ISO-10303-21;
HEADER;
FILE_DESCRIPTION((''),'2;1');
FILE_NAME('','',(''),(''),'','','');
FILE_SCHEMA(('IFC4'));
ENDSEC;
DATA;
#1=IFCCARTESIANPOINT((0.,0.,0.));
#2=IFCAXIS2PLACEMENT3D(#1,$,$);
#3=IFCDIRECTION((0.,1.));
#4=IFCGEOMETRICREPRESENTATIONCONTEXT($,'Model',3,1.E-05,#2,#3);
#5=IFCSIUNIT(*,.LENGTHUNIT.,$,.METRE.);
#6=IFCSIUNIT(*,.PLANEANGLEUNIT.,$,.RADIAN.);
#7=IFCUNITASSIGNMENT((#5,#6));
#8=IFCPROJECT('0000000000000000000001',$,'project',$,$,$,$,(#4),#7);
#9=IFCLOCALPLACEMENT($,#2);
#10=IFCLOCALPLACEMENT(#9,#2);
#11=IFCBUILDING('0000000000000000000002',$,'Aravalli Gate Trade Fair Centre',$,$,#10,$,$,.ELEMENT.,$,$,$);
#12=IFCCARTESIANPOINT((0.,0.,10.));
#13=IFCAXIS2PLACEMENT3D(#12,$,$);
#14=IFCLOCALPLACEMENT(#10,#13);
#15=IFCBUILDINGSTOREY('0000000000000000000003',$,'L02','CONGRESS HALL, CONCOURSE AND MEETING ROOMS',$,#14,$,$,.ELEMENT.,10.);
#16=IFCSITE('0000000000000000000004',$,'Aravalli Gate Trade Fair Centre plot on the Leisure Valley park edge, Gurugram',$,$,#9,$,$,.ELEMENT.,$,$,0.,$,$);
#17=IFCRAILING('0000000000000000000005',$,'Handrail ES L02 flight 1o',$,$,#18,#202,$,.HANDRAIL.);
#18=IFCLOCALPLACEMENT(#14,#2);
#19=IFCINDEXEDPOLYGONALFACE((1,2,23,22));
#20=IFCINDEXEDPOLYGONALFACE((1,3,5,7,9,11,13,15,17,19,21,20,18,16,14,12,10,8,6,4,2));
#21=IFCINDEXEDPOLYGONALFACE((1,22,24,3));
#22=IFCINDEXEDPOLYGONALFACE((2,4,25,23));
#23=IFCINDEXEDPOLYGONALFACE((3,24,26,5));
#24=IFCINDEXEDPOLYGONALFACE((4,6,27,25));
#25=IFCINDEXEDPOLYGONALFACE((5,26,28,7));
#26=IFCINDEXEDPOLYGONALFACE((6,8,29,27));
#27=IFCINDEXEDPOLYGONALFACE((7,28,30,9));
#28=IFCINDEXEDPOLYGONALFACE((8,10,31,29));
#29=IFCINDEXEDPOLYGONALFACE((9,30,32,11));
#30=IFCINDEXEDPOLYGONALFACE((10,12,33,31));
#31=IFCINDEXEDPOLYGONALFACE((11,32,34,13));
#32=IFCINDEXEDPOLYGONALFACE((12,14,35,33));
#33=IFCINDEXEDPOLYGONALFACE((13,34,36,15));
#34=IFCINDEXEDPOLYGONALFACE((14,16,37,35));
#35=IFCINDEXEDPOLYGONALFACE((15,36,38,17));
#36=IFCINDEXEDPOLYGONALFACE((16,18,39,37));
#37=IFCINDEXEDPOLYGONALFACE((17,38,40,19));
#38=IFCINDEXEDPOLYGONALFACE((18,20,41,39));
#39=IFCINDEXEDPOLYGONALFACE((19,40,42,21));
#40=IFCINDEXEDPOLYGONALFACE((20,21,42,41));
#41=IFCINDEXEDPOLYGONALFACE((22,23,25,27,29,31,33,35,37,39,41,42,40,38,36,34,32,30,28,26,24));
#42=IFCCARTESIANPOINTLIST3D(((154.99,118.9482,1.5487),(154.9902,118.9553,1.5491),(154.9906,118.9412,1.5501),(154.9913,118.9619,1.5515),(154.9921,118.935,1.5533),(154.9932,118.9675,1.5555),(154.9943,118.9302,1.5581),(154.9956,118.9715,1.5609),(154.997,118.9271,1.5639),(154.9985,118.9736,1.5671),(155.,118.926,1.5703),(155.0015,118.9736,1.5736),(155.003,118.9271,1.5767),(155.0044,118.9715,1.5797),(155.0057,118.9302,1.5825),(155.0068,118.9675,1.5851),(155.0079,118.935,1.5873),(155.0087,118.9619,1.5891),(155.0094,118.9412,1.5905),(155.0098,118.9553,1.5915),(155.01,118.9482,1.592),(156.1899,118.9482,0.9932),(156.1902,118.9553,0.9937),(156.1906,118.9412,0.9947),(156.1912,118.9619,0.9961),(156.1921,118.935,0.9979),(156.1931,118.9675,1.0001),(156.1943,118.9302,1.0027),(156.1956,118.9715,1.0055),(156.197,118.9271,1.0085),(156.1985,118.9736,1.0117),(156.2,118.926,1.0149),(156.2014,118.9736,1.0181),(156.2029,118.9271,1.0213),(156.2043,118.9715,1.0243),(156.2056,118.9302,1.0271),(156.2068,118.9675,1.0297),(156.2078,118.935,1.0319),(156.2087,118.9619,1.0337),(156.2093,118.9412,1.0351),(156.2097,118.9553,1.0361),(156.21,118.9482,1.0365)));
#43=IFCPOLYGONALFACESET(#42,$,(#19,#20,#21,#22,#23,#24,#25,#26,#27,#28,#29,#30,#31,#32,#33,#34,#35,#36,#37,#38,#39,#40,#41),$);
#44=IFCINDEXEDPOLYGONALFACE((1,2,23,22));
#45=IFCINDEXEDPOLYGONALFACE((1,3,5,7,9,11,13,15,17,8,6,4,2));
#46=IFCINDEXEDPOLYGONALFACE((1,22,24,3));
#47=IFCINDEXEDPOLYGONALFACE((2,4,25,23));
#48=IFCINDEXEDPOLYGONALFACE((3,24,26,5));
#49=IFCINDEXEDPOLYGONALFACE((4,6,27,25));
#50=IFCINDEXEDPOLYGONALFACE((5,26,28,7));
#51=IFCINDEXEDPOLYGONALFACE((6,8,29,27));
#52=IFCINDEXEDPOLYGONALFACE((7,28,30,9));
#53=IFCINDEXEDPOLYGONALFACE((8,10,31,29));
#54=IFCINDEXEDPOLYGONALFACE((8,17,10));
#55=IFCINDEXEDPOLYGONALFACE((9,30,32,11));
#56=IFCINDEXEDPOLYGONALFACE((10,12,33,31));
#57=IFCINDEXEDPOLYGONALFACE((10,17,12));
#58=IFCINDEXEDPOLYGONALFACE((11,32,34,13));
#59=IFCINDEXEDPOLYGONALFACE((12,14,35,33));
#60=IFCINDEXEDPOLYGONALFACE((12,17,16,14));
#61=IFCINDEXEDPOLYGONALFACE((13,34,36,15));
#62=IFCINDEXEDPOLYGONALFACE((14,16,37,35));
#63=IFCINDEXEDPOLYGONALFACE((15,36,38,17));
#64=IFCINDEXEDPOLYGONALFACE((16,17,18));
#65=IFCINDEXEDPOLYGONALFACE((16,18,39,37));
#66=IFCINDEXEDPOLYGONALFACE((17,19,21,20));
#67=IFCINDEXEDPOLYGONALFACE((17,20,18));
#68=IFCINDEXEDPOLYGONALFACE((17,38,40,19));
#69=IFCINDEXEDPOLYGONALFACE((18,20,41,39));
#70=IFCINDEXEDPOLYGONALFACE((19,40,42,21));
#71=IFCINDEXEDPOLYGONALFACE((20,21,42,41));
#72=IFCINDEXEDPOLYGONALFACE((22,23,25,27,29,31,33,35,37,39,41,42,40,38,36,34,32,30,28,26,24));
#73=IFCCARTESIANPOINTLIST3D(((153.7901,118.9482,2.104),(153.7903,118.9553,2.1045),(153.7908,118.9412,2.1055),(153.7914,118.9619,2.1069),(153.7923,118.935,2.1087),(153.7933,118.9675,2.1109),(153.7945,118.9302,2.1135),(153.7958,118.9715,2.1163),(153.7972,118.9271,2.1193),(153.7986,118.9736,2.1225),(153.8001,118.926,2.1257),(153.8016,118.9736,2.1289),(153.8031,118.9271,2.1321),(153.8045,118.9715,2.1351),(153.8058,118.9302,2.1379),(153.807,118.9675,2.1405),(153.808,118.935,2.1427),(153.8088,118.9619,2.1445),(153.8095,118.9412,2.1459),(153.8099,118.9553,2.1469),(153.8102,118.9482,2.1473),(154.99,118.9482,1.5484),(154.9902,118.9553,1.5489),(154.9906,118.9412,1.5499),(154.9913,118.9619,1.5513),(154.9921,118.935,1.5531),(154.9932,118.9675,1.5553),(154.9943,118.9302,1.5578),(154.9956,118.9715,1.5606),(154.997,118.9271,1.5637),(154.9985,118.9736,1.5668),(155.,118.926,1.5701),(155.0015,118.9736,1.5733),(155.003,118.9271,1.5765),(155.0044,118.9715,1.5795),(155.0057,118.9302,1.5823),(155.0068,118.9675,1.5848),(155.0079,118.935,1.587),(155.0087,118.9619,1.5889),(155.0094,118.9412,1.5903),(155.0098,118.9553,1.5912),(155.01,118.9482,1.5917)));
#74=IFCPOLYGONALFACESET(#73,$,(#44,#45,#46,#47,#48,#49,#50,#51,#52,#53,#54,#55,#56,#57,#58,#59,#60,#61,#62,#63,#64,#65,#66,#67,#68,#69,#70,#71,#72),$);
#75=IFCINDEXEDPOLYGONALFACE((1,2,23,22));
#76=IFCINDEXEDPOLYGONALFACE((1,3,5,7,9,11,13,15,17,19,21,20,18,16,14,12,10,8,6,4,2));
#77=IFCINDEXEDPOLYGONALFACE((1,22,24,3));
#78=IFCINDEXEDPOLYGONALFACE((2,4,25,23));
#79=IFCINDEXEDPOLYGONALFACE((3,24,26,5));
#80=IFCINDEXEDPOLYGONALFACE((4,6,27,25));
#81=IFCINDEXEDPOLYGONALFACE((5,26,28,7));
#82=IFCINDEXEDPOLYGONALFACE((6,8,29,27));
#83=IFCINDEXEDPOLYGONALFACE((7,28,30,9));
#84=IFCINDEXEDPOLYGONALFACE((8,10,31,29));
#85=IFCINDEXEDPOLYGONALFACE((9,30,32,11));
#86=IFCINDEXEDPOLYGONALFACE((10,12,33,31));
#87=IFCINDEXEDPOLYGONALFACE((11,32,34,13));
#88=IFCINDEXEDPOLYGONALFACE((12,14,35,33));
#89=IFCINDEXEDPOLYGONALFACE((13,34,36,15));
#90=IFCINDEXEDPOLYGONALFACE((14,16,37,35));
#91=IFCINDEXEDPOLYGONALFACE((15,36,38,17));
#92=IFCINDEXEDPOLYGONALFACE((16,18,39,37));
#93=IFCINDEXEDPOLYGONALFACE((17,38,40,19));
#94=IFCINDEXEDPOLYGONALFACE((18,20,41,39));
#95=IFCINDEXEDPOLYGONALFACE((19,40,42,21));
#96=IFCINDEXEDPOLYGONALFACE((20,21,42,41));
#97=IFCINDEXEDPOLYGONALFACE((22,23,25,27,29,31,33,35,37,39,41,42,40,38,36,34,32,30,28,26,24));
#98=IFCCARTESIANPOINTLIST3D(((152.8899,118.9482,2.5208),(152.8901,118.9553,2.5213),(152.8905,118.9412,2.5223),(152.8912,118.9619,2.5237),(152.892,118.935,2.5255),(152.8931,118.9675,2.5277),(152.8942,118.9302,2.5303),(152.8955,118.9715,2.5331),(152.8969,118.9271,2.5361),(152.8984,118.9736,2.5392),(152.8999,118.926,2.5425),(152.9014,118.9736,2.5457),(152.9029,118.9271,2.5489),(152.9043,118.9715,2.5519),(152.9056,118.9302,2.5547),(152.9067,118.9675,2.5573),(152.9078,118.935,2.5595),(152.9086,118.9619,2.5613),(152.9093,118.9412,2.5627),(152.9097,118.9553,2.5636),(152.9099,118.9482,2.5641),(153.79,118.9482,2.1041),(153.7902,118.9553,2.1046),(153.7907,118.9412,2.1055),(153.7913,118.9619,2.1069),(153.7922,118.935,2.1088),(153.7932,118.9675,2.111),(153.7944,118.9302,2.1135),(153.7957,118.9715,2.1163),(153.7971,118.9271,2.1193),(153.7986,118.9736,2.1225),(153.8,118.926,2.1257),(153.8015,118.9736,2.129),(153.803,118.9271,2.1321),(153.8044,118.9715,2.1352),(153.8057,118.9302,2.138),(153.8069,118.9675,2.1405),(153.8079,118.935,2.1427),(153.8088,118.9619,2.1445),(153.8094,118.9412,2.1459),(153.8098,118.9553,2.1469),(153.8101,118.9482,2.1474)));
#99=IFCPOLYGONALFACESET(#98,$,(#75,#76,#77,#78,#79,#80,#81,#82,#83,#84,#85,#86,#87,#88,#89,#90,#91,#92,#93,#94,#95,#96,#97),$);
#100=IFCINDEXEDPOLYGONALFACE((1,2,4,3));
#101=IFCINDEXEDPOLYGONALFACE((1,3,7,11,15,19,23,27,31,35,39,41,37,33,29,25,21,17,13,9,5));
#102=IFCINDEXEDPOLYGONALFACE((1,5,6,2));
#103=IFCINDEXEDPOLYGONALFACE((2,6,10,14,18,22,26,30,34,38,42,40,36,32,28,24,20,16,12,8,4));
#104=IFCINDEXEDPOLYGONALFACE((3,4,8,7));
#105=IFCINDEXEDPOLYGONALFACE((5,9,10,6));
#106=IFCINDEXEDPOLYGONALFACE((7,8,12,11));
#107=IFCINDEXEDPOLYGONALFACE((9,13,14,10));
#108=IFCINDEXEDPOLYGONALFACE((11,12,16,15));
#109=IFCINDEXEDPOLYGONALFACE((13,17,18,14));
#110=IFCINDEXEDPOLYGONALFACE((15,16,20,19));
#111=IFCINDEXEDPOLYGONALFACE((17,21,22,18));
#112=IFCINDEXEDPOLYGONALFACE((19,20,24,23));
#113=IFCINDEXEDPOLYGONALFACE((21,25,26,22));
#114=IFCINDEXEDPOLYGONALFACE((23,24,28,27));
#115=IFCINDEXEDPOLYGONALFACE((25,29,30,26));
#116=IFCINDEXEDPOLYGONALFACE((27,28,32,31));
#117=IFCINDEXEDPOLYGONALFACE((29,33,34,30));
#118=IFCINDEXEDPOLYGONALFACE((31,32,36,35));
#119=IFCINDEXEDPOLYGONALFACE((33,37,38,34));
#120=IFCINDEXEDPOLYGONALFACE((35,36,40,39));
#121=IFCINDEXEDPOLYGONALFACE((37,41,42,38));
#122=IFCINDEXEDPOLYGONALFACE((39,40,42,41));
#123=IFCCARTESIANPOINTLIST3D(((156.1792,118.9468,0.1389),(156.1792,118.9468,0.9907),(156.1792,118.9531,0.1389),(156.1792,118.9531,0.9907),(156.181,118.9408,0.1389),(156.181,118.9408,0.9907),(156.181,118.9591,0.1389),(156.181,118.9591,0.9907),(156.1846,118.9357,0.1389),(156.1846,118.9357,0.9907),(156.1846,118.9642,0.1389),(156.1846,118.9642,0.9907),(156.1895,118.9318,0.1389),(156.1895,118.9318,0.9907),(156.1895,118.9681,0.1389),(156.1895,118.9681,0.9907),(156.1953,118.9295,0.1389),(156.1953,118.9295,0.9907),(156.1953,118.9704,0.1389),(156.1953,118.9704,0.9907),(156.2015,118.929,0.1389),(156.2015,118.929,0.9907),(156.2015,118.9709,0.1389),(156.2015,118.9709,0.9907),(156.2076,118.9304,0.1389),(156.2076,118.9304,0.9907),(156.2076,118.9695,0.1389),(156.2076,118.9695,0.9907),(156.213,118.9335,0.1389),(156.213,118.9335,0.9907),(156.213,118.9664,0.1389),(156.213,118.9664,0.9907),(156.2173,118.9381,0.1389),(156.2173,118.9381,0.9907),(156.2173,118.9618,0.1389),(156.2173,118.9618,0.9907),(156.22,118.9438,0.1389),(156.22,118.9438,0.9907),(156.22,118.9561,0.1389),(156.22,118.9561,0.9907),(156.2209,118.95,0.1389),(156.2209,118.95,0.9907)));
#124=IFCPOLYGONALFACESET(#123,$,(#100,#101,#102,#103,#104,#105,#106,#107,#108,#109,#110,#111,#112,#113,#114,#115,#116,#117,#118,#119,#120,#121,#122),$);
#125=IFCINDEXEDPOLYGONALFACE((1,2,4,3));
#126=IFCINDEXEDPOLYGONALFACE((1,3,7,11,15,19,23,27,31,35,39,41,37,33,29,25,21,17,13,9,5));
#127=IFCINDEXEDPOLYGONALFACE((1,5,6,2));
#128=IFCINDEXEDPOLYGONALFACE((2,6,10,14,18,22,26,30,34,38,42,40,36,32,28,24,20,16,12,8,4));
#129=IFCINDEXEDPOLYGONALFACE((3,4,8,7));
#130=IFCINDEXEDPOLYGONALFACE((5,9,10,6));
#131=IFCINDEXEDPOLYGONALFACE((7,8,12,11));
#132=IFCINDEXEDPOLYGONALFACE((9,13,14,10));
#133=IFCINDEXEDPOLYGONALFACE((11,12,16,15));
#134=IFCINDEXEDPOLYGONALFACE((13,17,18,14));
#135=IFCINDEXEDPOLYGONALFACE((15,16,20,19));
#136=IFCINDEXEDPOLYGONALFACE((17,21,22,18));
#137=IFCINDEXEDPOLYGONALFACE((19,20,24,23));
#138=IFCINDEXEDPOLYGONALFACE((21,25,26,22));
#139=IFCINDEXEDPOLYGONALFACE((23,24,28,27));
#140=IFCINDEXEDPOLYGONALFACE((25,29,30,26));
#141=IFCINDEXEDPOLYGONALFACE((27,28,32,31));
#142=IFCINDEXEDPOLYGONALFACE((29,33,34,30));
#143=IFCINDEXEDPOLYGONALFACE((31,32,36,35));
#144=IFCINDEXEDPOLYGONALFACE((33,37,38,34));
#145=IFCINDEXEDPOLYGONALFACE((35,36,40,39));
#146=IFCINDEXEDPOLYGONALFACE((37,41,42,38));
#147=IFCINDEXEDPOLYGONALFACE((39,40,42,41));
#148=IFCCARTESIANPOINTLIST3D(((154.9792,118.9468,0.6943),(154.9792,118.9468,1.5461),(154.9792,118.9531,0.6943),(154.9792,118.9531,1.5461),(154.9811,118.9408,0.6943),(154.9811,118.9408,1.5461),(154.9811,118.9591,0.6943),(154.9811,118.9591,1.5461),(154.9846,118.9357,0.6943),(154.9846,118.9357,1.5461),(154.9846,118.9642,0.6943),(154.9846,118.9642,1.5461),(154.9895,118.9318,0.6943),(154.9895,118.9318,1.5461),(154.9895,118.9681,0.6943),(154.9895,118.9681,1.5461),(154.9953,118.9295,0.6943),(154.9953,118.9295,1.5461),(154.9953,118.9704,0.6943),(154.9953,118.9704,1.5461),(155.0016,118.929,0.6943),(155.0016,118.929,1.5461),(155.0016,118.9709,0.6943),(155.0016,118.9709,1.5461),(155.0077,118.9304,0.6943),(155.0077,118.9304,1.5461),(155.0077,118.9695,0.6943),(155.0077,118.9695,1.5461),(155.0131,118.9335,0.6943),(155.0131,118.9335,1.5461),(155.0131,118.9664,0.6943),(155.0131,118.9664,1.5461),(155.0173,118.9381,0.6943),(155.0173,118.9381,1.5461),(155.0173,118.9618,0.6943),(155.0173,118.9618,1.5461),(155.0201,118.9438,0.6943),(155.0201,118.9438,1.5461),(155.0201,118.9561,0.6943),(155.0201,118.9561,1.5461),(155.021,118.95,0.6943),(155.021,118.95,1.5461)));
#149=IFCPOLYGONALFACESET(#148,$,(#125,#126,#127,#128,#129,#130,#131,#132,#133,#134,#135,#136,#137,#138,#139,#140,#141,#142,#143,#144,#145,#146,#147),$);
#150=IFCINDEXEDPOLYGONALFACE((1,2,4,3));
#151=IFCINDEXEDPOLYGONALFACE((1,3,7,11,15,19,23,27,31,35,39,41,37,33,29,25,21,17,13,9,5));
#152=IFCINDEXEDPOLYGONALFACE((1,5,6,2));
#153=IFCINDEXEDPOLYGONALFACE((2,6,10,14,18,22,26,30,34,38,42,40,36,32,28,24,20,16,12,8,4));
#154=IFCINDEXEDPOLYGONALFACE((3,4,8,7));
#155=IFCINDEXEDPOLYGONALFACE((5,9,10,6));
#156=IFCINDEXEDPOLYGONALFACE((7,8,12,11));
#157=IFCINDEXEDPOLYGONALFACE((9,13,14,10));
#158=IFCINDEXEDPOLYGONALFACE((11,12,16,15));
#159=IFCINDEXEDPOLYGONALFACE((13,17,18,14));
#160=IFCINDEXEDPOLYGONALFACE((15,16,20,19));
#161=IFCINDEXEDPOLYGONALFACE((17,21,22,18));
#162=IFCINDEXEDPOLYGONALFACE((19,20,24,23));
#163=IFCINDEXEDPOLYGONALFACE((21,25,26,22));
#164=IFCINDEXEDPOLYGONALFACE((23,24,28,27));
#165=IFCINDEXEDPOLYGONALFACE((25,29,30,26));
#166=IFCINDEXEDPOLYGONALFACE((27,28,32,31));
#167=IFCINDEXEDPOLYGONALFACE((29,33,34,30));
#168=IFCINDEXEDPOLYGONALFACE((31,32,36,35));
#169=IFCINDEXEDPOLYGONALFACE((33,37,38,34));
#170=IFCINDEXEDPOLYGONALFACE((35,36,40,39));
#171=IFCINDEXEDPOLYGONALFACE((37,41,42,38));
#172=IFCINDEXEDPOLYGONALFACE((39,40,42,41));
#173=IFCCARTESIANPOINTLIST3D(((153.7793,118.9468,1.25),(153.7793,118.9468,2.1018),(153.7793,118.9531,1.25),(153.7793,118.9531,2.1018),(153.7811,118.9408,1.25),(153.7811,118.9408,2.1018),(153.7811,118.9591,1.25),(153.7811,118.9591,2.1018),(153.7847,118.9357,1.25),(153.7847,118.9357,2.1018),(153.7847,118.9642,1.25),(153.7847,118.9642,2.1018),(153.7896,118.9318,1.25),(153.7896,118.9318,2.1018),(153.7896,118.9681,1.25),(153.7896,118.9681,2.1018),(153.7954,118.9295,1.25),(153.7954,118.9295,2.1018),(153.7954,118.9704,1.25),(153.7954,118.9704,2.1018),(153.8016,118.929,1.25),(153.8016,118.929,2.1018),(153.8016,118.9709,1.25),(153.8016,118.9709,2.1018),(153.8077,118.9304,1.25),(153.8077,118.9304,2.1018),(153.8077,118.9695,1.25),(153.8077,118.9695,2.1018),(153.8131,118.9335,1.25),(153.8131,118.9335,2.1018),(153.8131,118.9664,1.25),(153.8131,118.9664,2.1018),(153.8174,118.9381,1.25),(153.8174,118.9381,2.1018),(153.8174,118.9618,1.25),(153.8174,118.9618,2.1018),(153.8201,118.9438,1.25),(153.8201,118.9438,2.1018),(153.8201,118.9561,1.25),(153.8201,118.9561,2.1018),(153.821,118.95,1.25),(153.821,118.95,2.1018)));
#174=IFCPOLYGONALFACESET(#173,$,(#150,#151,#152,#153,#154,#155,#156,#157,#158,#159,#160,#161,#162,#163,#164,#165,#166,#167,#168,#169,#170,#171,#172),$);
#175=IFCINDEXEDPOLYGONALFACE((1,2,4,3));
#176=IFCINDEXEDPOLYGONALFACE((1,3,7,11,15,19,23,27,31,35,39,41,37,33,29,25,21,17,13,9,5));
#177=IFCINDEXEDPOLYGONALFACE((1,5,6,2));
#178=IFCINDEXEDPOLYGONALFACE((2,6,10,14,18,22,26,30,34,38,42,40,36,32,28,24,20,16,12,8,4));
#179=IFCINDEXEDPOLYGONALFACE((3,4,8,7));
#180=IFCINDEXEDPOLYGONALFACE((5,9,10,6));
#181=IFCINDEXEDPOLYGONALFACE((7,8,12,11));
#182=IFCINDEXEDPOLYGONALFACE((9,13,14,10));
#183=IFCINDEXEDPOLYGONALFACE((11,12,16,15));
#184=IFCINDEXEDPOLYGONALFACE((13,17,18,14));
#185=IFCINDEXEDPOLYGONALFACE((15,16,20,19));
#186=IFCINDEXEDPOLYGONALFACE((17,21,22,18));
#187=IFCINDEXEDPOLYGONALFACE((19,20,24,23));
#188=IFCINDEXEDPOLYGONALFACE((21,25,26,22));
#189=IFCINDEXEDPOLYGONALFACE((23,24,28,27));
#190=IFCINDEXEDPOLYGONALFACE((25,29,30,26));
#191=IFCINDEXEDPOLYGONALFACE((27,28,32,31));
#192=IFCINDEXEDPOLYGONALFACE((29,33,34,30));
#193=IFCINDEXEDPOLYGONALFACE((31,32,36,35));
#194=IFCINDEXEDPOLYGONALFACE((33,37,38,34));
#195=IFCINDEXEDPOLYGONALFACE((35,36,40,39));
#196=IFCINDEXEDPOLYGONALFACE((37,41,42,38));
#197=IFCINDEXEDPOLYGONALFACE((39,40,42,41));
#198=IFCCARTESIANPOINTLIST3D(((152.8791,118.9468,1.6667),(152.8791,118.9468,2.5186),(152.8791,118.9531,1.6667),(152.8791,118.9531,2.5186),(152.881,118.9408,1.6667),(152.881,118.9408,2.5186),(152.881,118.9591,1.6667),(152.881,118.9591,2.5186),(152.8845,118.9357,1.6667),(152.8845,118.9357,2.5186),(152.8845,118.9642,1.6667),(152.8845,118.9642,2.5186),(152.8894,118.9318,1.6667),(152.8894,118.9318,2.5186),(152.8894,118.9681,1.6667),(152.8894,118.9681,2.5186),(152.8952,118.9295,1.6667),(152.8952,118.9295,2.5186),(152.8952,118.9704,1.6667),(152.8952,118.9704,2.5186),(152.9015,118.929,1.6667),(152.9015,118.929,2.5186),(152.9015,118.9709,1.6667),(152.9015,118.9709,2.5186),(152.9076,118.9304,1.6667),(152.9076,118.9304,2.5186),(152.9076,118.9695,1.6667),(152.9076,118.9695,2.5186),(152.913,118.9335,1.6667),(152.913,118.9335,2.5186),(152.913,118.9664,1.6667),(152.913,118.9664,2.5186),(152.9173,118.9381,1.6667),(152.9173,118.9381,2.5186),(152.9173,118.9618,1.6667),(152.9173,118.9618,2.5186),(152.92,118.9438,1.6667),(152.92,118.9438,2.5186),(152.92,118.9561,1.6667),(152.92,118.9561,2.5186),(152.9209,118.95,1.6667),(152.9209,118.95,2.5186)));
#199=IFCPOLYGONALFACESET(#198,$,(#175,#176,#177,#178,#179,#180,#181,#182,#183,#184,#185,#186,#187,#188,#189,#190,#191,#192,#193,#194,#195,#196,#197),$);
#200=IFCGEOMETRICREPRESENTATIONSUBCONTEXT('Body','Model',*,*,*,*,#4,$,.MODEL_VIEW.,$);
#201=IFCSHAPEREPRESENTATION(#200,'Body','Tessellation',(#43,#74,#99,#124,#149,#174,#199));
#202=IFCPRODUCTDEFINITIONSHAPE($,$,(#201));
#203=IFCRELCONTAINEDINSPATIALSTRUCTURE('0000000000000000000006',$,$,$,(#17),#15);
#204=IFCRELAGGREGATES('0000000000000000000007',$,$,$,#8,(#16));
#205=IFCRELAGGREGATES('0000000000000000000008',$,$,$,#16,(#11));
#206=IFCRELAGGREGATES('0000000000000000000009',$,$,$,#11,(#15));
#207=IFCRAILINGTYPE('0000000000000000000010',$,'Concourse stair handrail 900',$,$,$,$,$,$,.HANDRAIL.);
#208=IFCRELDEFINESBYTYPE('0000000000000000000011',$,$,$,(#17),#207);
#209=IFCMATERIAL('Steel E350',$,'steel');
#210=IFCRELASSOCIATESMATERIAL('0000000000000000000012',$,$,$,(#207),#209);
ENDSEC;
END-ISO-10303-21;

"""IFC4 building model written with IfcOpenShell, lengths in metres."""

from ifc_helpers import new_model, si_unit, direction, frame, origin, origin_2d, place, context, subcontext, project, spatial, circle, extrude, material, type_object, element, save


model = new_model("IFC4")

# Units and contexts
model_context = context("Model", 3, precision=1e-05, world=origin(), true_north=direction((0.0, 1.0)))
body_context = subcontext(model_context, "Body", "Model", "MODEL_VIEW")
ifc_project = project(units=[si_unit("LENGTHUNIT", "METRE"), si_unit("PLANEANGLEUNIT", "RADIAN")], contexts=[model_context])

# Site, building, storey
site_placement = place(None, origin())
site = spatial("IfcSite", under=ifc_project, at=site_placement, Name="Aravalli Gate Trade Fair Centre plot on the Leisure Valley park edge, Gurugram", CompositionType="ELEMENT", RefElevation=0.0)
building_placement = place(site_placement, origin())
building = spatial("IfcBuilding", under=site, at=building_placement, Name="Aravalli Gate Trade Fair Centre", CompositionType="ELEMENT")
storey_placement = place(building_placement, frame((0.0, 0.0, 10.0)))
storey = spatial("IfcBuildingStorey", under=building, at=storey_placement, Name="L02", Description="CONGRESS HALL, CONCOURSE AND MEETING ROOMS", CompositionType="ELEMENT", Elevation=10.0)

# Shared definitions
ifc_material_1 = material(Name="Steel E350", Category="steel")

# Railing
railing_type_1 = type_object("IfcRailingType", Name="Concourse stair handrail 900", PredefinedType="HANDRAIL", material=ifc_material_1)
for number, where, name in (
    (1, (156.2, 118.95, 0.1389), "Handrail ES L02 flight 1o"),
):
    element("IfcRailing", number, at=place(storey_placement, frame(where)), inside=storey, type_object=railing_type_1, Name=name, PredefinedType="HANDRAIL", context=body_context, shape_type="SweptSolid", body=[
        extrude(circle(Radius=0.0239, at=origin_2d()), frame((0.0, 0.0, 0.876), z_axis=(-0.907499, 0.0, 0.420053), x_axis=(0.0, -1.0, 0.0)), (0.0, 0.0, 1.0), 1.3223),
        extrude(circle(Radius=0.0239, at=origin_2d()), frame((-1.2, 0.0, 1.4312), z_axis=(-0.907429, 0.0, 0.420205), x_axis=(0.0, -1.0, 0.0)), (0.0, 0.0, 1.0), 1.3223),
        extrude(circle(Radius=0.0239, at=origin_2d()), frame((-2.3999, 0.0, 1.9868), z_axis=(-0.907462, 0.0, 0.420135), x_axis=(0.0, -1.0, 0.0)), (0.0, 0.0, 1.0), 0.9919),
        extrude(circle(Radius=0.021, at=origin_2d()), origin(), (0.0, 0.0, 1.0), 0.8518),
        extrude(circle(Radius=0.021, at=origin_2d()), frame((-1.2, 0.0, 0.5554)), (0.0, 0.0, 1.0), 0.8518),
        extrude(circle(Radius=0.021, at=origin_2d()), frame((-2.3999, 0.0, 1.1111)), (0.0, 0.0, 1.0), 0.8518),
        extrude(circle(Radius=0.021, at=origin_2d()), frame((-3.3, 0.0, 1.5278)), (0.0, 0.0, 1.0), 0.8518),
    ])

save(model, "model.ifc")
